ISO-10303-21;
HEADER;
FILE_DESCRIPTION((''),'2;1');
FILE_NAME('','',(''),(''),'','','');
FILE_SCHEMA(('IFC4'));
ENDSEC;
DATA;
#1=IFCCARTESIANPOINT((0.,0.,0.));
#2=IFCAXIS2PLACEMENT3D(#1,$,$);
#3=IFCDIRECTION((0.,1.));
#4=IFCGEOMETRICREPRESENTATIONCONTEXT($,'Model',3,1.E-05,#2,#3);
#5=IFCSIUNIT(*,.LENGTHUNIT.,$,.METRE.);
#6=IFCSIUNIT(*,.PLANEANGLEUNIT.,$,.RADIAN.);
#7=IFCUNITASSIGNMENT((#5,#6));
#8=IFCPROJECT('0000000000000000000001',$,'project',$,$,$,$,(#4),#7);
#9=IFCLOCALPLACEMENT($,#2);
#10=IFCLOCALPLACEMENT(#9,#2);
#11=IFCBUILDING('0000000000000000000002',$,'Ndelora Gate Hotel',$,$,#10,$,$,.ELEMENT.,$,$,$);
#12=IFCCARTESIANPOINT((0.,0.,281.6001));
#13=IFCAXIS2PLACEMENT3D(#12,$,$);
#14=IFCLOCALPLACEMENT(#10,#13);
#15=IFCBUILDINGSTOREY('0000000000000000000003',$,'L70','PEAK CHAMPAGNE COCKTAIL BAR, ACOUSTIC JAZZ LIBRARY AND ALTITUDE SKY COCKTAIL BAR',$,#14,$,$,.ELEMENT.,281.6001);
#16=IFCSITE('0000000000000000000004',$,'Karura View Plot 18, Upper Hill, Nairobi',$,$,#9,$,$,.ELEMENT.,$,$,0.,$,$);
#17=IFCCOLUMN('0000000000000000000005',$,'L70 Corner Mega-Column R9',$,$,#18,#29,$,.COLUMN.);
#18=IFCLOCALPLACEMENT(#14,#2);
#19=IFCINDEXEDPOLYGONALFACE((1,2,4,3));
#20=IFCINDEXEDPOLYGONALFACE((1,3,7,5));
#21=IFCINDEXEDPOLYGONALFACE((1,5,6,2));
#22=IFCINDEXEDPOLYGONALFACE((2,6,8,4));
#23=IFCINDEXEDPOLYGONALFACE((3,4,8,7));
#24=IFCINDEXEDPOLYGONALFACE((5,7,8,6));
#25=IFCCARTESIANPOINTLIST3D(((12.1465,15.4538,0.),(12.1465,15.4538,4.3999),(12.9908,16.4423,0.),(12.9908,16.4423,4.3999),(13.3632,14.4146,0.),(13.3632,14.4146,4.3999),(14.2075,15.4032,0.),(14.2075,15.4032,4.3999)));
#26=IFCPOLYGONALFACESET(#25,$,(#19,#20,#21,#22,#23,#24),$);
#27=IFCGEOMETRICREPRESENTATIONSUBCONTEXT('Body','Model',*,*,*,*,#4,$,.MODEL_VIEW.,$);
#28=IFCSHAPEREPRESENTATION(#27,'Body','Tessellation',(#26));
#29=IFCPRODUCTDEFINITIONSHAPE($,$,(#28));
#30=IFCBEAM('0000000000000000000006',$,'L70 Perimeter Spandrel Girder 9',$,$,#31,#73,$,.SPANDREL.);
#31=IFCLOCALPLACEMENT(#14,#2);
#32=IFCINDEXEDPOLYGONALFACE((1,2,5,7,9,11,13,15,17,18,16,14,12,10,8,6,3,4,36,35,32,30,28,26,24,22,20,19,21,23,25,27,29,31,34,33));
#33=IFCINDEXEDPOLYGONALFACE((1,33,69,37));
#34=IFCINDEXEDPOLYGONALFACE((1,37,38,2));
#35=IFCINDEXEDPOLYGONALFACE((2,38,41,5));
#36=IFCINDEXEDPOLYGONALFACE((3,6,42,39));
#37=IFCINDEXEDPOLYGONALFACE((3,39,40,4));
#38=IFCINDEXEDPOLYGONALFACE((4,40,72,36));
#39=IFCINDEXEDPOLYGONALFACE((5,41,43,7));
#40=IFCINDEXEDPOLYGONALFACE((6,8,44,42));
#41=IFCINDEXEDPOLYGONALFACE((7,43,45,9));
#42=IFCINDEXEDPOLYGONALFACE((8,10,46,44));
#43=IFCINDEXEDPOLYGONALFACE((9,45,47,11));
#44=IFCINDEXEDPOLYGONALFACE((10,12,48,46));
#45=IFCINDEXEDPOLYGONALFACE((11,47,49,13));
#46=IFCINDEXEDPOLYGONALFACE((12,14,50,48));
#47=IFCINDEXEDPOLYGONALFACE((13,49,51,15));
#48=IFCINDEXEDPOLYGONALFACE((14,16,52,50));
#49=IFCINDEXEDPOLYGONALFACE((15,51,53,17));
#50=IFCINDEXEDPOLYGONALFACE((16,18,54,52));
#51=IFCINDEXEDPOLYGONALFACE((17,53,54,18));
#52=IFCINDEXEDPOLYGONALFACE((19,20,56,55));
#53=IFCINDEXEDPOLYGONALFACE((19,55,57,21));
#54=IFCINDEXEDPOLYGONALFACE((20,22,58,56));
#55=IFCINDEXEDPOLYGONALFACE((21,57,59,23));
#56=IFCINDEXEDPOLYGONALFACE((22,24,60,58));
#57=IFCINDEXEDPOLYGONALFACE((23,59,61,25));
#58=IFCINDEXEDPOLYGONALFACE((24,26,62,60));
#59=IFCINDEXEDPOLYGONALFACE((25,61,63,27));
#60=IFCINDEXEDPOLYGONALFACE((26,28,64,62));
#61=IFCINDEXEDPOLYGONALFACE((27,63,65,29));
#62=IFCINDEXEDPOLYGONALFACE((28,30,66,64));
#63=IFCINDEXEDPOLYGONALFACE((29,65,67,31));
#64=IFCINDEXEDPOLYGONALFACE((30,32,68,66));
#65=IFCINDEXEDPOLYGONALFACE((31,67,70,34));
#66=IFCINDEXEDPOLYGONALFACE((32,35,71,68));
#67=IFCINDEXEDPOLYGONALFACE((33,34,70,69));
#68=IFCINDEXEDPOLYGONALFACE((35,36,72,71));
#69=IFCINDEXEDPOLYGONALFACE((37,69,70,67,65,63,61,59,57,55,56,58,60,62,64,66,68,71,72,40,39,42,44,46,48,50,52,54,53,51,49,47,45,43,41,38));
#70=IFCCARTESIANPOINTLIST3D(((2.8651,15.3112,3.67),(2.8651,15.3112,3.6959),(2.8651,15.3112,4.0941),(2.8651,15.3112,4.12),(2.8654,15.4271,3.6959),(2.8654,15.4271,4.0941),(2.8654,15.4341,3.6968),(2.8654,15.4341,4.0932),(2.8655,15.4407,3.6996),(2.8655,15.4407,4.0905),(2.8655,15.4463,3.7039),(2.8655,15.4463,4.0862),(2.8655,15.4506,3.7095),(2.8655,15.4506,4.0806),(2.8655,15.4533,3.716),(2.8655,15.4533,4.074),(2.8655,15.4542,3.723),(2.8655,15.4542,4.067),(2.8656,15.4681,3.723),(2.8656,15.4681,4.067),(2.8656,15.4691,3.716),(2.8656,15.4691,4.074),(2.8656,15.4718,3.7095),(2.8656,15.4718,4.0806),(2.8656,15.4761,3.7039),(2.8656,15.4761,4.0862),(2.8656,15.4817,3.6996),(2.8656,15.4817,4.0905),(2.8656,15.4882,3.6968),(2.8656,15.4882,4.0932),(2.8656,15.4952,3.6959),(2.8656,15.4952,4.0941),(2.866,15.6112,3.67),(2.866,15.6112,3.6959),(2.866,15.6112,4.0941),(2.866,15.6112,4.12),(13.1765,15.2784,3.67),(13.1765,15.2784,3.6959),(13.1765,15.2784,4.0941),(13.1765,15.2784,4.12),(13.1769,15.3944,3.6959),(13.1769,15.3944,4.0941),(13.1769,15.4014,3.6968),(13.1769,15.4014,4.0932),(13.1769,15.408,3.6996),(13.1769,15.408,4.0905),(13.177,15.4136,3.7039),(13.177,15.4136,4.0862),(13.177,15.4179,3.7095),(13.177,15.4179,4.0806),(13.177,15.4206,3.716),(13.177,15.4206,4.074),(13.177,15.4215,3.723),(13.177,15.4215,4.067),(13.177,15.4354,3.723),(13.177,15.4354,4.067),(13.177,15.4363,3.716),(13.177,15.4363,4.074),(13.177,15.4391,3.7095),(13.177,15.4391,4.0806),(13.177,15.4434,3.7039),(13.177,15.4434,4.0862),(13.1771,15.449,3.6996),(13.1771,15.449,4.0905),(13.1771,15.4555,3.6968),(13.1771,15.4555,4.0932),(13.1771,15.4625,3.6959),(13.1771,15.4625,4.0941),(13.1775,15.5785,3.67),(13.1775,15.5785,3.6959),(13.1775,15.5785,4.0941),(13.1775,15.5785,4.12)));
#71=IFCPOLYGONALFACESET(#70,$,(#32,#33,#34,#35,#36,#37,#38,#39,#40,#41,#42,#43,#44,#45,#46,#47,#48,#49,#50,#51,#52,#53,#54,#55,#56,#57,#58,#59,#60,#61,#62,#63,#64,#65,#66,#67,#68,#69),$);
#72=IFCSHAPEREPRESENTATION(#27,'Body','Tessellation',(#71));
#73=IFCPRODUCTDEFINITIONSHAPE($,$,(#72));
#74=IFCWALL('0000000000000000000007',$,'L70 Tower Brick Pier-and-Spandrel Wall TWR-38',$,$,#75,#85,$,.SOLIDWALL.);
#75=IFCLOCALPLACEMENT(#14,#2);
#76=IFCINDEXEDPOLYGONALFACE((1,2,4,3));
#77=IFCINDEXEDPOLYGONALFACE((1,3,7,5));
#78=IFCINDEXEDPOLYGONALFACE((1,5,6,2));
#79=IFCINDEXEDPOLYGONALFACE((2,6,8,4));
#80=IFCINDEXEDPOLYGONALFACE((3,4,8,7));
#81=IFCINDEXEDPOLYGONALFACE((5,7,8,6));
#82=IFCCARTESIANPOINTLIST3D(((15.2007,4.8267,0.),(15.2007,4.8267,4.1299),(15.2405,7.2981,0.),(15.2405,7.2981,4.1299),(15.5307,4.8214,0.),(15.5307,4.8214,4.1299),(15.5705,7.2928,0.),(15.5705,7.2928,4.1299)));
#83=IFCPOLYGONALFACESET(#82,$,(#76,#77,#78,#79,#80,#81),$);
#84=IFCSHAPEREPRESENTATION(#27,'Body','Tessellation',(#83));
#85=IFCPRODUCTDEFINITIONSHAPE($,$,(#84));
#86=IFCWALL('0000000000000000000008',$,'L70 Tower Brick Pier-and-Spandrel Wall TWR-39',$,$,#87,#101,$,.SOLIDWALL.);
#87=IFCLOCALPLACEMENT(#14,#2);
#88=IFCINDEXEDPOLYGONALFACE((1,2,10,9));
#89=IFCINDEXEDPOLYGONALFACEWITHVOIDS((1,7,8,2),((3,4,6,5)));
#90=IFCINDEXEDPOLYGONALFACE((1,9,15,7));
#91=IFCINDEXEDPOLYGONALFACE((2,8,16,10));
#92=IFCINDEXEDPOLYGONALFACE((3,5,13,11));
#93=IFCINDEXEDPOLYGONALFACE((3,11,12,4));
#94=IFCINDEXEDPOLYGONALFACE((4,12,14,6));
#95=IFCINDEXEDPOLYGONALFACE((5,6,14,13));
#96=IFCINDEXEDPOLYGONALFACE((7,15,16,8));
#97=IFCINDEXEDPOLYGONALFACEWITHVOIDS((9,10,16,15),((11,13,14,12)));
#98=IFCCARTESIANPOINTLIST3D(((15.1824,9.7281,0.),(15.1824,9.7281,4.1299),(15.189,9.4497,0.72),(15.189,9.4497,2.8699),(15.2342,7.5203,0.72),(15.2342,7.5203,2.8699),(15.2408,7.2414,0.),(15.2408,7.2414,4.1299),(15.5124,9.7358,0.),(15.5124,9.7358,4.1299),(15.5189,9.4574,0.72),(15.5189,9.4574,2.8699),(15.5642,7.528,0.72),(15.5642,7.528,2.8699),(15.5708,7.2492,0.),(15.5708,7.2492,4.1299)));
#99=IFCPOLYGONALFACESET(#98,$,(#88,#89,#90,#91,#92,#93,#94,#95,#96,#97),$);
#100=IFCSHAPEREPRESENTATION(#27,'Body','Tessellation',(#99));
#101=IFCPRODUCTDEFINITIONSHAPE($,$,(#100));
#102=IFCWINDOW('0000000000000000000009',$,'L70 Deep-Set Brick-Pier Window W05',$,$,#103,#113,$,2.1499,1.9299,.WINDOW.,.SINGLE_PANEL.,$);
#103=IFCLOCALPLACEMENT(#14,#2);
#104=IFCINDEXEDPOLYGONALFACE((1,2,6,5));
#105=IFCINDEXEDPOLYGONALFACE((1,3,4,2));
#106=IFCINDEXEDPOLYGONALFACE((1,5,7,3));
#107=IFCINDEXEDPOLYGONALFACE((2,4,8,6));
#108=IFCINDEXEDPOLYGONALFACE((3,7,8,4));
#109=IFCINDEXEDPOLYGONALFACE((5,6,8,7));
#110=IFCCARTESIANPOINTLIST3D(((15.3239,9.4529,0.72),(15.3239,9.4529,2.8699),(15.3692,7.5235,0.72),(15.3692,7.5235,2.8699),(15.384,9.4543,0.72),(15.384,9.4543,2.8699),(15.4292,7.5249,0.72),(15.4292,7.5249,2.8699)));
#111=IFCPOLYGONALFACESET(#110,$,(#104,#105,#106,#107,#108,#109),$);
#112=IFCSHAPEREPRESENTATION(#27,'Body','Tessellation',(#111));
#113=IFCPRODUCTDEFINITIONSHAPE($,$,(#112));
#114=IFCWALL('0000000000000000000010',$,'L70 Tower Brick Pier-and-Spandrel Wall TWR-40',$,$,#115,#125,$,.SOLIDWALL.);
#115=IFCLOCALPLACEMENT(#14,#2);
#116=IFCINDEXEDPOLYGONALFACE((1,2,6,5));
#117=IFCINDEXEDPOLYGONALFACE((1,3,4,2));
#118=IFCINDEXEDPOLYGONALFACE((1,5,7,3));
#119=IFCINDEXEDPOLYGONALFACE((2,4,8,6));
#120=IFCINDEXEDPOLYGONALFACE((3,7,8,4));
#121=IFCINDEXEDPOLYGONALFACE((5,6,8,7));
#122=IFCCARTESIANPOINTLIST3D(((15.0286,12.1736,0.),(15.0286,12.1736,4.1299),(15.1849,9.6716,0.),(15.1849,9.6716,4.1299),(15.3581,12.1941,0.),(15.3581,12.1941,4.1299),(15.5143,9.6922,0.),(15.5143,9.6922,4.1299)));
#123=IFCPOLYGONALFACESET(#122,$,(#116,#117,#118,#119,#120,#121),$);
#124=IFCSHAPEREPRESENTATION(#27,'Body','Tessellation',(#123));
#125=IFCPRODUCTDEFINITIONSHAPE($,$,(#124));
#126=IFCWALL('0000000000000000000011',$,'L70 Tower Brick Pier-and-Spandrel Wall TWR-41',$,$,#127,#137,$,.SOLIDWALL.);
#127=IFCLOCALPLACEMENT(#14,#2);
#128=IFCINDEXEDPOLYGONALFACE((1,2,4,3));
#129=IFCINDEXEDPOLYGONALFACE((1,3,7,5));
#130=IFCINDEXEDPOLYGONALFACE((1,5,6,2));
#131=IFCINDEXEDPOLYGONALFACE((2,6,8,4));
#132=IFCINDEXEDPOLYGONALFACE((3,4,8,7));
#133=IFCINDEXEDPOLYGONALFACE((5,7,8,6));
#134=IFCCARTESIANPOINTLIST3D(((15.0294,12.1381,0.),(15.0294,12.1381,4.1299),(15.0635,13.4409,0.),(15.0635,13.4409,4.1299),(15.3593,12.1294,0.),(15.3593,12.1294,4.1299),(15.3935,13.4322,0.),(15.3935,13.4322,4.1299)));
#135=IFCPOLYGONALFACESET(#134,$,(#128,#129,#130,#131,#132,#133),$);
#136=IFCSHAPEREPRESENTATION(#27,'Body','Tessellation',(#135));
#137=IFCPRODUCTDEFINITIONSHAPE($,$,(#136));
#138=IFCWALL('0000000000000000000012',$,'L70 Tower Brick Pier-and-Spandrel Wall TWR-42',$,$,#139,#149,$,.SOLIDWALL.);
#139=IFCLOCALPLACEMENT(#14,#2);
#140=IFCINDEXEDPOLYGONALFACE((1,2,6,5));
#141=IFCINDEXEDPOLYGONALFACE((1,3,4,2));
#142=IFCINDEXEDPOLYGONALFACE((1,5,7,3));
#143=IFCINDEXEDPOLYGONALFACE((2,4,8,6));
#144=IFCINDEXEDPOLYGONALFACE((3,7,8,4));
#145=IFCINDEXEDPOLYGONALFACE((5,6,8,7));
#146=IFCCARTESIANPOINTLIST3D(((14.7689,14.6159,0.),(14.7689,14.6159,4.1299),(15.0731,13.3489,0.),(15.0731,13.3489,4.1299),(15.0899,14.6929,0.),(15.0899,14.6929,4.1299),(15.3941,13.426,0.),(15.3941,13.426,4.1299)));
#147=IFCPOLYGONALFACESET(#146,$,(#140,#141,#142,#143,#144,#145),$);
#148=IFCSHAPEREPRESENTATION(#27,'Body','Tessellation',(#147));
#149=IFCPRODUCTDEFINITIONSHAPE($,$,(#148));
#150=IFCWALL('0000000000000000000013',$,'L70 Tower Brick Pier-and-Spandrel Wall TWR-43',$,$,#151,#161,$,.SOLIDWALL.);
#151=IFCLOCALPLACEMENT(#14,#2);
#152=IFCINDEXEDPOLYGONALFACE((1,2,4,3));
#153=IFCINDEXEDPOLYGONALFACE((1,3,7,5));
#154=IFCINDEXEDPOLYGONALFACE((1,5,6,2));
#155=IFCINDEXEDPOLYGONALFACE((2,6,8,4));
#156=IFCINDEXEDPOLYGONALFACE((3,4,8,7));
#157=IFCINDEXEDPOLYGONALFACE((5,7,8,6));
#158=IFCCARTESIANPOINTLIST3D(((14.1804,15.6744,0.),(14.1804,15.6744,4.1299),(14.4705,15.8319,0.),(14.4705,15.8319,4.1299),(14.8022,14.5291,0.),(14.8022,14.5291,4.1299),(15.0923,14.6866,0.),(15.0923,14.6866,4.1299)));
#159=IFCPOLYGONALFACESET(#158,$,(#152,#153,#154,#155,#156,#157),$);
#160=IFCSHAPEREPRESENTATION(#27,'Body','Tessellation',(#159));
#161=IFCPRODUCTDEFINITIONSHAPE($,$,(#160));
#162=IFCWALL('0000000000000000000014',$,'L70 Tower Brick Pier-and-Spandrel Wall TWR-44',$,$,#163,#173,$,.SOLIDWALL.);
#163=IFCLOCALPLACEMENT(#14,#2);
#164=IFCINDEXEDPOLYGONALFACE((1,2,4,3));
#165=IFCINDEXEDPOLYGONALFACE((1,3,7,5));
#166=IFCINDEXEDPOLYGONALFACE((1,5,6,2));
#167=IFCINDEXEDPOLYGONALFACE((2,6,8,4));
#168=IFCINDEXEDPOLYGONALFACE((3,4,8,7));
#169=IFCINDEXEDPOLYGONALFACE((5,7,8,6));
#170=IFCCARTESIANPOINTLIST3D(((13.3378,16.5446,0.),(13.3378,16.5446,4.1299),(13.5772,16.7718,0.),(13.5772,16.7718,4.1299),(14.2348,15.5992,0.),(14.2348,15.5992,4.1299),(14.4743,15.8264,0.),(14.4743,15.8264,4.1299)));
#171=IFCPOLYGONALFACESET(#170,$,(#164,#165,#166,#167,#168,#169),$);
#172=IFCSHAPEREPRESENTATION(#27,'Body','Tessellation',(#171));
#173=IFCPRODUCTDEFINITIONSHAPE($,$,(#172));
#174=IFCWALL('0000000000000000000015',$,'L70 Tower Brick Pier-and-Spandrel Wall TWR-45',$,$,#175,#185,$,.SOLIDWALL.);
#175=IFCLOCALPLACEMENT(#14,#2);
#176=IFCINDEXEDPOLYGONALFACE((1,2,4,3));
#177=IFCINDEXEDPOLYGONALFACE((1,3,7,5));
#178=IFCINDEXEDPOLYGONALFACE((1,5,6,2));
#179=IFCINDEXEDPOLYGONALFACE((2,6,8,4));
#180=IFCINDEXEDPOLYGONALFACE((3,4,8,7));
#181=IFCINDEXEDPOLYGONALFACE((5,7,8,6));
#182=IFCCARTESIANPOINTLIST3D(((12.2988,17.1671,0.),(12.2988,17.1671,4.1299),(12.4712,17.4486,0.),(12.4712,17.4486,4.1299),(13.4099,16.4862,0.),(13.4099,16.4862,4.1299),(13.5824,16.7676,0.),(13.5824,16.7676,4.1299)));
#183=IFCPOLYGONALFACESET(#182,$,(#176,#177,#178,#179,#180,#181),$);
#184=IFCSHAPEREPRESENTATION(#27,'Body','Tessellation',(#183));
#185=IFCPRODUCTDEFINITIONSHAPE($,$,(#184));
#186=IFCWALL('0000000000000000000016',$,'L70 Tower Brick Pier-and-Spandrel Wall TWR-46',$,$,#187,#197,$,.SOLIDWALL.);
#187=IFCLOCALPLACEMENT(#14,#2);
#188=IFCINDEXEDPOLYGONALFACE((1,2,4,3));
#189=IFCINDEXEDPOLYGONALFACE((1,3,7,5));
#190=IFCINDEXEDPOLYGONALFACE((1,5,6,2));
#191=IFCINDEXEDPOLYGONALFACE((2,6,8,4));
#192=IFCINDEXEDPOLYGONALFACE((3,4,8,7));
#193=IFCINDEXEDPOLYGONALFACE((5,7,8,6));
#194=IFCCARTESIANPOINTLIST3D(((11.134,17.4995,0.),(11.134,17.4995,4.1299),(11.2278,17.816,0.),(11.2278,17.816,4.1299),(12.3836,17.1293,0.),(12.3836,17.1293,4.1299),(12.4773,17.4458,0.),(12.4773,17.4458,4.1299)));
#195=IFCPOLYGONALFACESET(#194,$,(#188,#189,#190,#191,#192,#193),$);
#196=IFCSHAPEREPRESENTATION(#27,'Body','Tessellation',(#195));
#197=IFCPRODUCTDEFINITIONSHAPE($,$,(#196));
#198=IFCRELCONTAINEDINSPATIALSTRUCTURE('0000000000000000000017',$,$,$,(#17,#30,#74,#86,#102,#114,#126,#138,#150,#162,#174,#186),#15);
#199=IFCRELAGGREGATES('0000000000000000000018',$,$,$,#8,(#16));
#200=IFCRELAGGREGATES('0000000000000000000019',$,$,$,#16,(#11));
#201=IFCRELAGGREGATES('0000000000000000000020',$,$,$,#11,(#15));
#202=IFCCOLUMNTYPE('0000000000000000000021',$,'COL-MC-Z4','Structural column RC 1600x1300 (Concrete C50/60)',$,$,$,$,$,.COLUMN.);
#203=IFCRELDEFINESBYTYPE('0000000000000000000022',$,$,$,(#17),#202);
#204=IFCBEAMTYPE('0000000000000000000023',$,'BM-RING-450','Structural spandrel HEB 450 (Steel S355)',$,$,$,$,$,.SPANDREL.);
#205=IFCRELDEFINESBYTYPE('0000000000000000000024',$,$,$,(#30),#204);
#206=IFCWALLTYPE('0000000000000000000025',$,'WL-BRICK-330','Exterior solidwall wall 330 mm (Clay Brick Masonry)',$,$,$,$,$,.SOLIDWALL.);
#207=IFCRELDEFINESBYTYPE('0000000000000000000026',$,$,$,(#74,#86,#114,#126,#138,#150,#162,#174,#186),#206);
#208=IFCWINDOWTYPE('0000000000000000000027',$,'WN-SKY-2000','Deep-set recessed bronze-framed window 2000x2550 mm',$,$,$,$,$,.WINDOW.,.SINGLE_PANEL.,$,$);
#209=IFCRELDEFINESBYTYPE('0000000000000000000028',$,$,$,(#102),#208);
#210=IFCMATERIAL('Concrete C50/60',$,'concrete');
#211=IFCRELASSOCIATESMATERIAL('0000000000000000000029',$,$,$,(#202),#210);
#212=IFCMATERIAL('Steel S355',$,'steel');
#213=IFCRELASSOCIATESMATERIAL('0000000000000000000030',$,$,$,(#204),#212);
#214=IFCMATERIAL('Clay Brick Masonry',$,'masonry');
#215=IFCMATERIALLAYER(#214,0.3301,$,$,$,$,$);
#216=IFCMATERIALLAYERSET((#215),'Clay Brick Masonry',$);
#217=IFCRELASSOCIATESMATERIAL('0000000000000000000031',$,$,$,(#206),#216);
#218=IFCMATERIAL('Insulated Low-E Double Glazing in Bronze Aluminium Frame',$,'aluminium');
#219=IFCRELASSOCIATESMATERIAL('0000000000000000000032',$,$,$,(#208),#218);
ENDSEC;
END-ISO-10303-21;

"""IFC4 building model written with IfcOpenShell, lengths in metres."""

from ifc_helpers import new_model, si_unit, direction, frame, frame_2d, origin, origin_2d, place, context, subcontext, project, spatial, rectangle, i_section, extrude, material, layer, layer_set, material_profile, profile_set, type_object, element, fill, save


model = new_model("IFC4")

# Units and contexts
model_context = context("Model", 3, precision=1e-05, world=origin(), true_north=direction((0.0, 1.0)))
body_context = subcontext(model_context, "Body", "Model", "MODEL_VIEW")
ifc_project = project(units=[si_unit("LENGTHUNIT", "METRE"), si_unit("PLANEANGLEUNIT", "RADIAN")], contexts=[model_context])

# Site, building, storey
site_placement = place(None, origin())
site = spatial("IfcSite", under=ifc_project, at=site_placement, Name="Karura View Plot 18, Upper Hill, Nairobi", CompositionType="ELEMENT", RefElevation=0.0)
building_placement = place(site_placement, origin())
building = spatial("IfcBuilding", under=site, at=building_placement, Name="Ndelora Gate Hotel", CompositionType="ELEMENT")
storey_placement = place(building_placement, frame((0.0, 0.0, 281.6001)))
storey = spatial("IfcBuildingStorey", under=building, at=storey_placement, Name="L70", Description="PEAK CHAMPAGNE COCKTAIL BAR, ACOUSTIC JAZZ LIBRARY AND ALTITUDE SKY COCKTAIL BAR", CompositionType="ELEMENT", Elevation=281.6001)

# Column
ifc_material_1 = material(Name="Concrete C50/60", Category="concrete")
ifc_material_profile_1 = material_profile(ifc_material_1, rectangle(XDim=1.3, YDim=1.6001, at=origin_2d()), Name="RC 1600x1300")
ifc_profile_set_1 = profile_set([ifc_material_profile_1], Name="Concrete C50/60")
column_type = type_object("IfcColumnType", Name="COL-MC-Z4", Description="Structural column RC 1600x1300 (Concrete C50/60)", PredefinedType="COLUMN", material=ifc_profile_set_1)
column_placement = place(storey_placement, frame((13.177, 15.4285, 0.0), z_axis=(0.0, 0.0, 1.0), x_axis=(0.649448, 0.760406, 0.0)))
element("IfcColumn", 1, at=column_placement, inside=storey, type_object=column_type, Name="L70 Corner Mega-Column R9", PredefinedType="COLUMN", context=body_context, shape_type="SweptSolid", body=[
    extrude(rectangle(XDim=1.3, YDim=1.6001, at=origin_2d()), origin(), (0.0, 0.0, 1.0), 4.3999),
])

# Beam
ifc_material_2 = material(Name="Steel S355", Category="steel")
ifc_material_profile_2 = material_profile(ifc_material_2, i_section(OverallWidth=0.3, OverallDepth=0.45, WebThickness=0.0139, FlangeThickness=0.0259, FilletRadius=0.0271, at=origin_2d()), Name="HEB 450")
ifc_profile_set_2 = profile_set([ifc_material_profile_2], Name="Steel S355")
beam_type = type_object("IfcBeamType", Name="BM-RING-450", Description="Structural spandrel HEB 450 (Steel S355)", PredefinedType="SPANDREL", material=ifc_profile_set_2)
beam_placement = place(storey_placement, frame((13.177, 15.4285, 3.895), z_axis=(-0.999995, 0.003173, 0.0), x_axis=(-0.003173, -0.999995, 0.0)))
element("IfcBeam", 2, at=beam_placement, inside=storey, type_object=beam_type, Name="L70 Perimeter Spandrel Girder 9", PredefinedType="SPANDREL", context=body_context, shape_type="SweptSolid", body=[
    extrude(i_section(OverallWidth=0.3, OverallDepth=0.45, WebThickness=0.0139, FlangeThickness=0.0259, FilletRadius=0.0271, at=origin_2d()), origin(), (0.0, 0.0, 1.0), 10.3115),
])

# Wall
ifc_material_3 = material(Name="Clay Brick Masonry", Category="masonry")
ifc_layer_1 = layer(ifc_material_3, 0.3301)
ifc_layer_set_1 = layer_set([ifc_layer_1], Name="Clay Brick Masonry")
wall_type_1 = type_object("IfcWallType", Name="WL-BRICK-330", Description="Exterior solidwall wall 330 mm (Clay Brick Masonry)", PredefinedType="SOLIDWALL", material=ifc_layer_set_1)
wall_1_placement = place(storey_placement, frame((15.4055, 7.2954, 0.0), z_axis=(0.0, 0.0, 1.0), x_axis=(-0.0161, -0.99987, 0.0)))
element("IfcWall", 3, at=wall_1_placement, inside=storey, type_object=wall_type_1, Name="L70 Tower Brick Pier-and-Spandrel Wall TWR-38", PredefinedType="SOLIDWALL", context=body_context, shape_type="SweptSolid", body=[
    extrude(rectangle(XDim=2.4717, YDim=0.3301, at=frame_2d((1.2358, 0.0))), origin(), (0.0, 0.0, 1.0), 4.1299),
])

# Wall, opening, window
wall_2_placement = place(storey_placement, frame((15.3474, 9.7319, 0.0), z_axis=(0.0, 0.0, 1.0), x_axis=(0.023459, -0.999725, 0.0)))
wall_2 = element("IfcWall", 4, at=wall_2_placement, inside=storey, type_object=wall_type_1, Name="L70 Tower Brick Pier-and-Spandrel Wall TWR-39", PredefinedType="SOLIDWALL", context=body_context, shape_type="SweptSolid", body=[
    extrude(rectangle(XDim=2.4873, YDim=0.3301, at=frame_2d((1.2437, 0.0))), origin(), (0.0, 0.0, 1.0), 4.1299),
])
opening_1_placement = place(wall_2_placement, frame((0.2786, 0.0, 0.72)))
opening_1 = element("IfcOpeningElement", 5, at=opening_1_placement, cuts=wall_2, PredefinedType="OPENING", context=body_context, shape_type="SweptSolid", body=[
    extrude(rectangle(XDim=1.9299, YDim=2.1499, at=frame_2d((0.9648, 1.075))), frame((0.0, 0.175, 0.0), z_axis=(0.0, -1.0, 0.0), x_axis=(1.0, 0.0, 0.0)), (0.0, 0.0, 1.0), 0.3501),
])
ifc_material_4 = material(Name="Insulated Low-E Double Glazing in Bronze Aluminium Frame", Category="aluminium")
window_type = type_object("IfcWindowType", Name="WN-SKY-2000", Description="Deep-set recessed bronze-framed window 2000x2550 mm", PartitioningType="SINGLE_PANEL", PredefinedType="WINDOW", material=ifc_material_4)
window_placement = place(opening_1_placement, origin())
window = element("IfcWindow", 6, at=window_placement, inside=storey, type_object=window_type, Name="L70 Deep-Set Brick-Pier Window W05", OverallHeight=2.1499, OverallWidth=1.9299, PartitioningType="SINGLE_PANEL", PredefinedType="WINDOW", context=body_context, shape_type="SweptSolid", body=[
    extrude(rectangle(XDim=1.9299, YDim=2.1499, at=frame_2d((0.9648, 1.075))), frame((0.0, 0.03, 0.0), z_axis=(0.0, -1.0, 0.0), x_axis=(1.0, 0.0, 0.0)), (0.0, 0.0, 1.0), 0.0601),
])
fill(opening_1, window)

# Walls
wall_3_placement = place(storey_placement, frame((15.1934, 12.1838, 0.0), z_axis=(0.0, 0.0, 1.0), x_axis=(0.06233, -0.998056, 0.0)))
element("IfcWall", 7, at=wall_3_placement, inside=storey, type_object=wall_type_1, Name="L70 Tower Brick Pier-and-Spandrel Wall TWR-40", PredefinedType="SOLIDWALL", context=body_context, shape_type="SweptSolid", body=[
    extrude(rectangle(XDim=2.5068, YDim=0.3301, at=frame_2d((1.2534, 0.0))), origin(), (0.0, 0.0, 1.0), 4.1299),
])
wall_4_placement = place(storey_placement, frame((15.2285, 13.4365, 0.0), z_axis=(0.0, 0.0, 1.0), x_axis=(-0.026228, -0.999656, 0.0)))
element("IfcWall", 8, at=wall_4_placement, inside=storey, type_object=wall_type_1, Name="L70 Tower Brick Pier-and-Spandrel Wall TWR-41", PredefinedType="SOLIDWALL", context=body_context, shape_type="SweptSolid", body=[
    extrude(rectangle(XDim=1.3032, YDim=0.3301, at=frame_2d((0.6516, 0.0))), origin(), (0.0, 0.0, 1.0), 4.1299),
])
wall_5_placement = place(storey_placement, frame((14.9294, 14.6543, 0.0), z_axis=(0.0, 0.0, 1.0), x_axis=(0.233444, -0.97237, 0.0)))
element("IfcWall", 9, at=wall_5_placement, inside=storey, type_object=wall_type_1, Name="L70 Tower Brick Pier-and-Spandrel Wall TWR-42", PredefinedType="SOLIDWALL", context=body_context, shape_type="SweptSolid", body=[
    extrude(rectangle(XDim=1.303, YDim=0.3301, at=frame_2d((0.6514, 0.0))), origin(), (0.0, 0.0, 1.0), 4.1299),
])
for number, where, z_axis, x_axis, name in (
    (10, (14.3254, 15.7532, 0.0), (0.0, 0.0, 1.0), (0.477158, -0.878818, 0.0), "L70 Tower Brick Pier-and-Spandrel Wall TWR-43"),
    (11, (13.4575, 16.6582, 0.0), (0.0, 0.0, 1.0), (0.688316, -0.725411, 0.0), "L70 Tower Brick Pier-and-Spandrel Wall TWR-44"),
    (12, (12.385, 17.3079, 0.0), (0.0, 0.0, 1.0), (0.852628, -0.522518, 0.0), "L70 Tower Brick Pier-and-Spandrel Wall TWR-45"),
    (13, (11.1809, 17.6577, 0.0), (0.0, 0.0, 1.0), (0.958821, -0.284012, 0.0), "L70 Tower Brick Pier-and-Spandrel Wall TWR-46"),
):
    element("IfcWall", number, at=place(storey_placement, frame(where, z_axis=z_axis, x_axis=x_axis)), inside=storey, type_object=wall_type_1, Name=name, PredefinedType="SOLIDWALL", context=body_context, shape_type="SweptSolid", body=[
        extrude(rectangle(XDim=1.3032, YDim=0.3301, at=frame_2d((0.6516, 0.0))), origin(), (0.0, 0.0, 1.0), 4.1299),
    ])

save(model, "model.ifc")
